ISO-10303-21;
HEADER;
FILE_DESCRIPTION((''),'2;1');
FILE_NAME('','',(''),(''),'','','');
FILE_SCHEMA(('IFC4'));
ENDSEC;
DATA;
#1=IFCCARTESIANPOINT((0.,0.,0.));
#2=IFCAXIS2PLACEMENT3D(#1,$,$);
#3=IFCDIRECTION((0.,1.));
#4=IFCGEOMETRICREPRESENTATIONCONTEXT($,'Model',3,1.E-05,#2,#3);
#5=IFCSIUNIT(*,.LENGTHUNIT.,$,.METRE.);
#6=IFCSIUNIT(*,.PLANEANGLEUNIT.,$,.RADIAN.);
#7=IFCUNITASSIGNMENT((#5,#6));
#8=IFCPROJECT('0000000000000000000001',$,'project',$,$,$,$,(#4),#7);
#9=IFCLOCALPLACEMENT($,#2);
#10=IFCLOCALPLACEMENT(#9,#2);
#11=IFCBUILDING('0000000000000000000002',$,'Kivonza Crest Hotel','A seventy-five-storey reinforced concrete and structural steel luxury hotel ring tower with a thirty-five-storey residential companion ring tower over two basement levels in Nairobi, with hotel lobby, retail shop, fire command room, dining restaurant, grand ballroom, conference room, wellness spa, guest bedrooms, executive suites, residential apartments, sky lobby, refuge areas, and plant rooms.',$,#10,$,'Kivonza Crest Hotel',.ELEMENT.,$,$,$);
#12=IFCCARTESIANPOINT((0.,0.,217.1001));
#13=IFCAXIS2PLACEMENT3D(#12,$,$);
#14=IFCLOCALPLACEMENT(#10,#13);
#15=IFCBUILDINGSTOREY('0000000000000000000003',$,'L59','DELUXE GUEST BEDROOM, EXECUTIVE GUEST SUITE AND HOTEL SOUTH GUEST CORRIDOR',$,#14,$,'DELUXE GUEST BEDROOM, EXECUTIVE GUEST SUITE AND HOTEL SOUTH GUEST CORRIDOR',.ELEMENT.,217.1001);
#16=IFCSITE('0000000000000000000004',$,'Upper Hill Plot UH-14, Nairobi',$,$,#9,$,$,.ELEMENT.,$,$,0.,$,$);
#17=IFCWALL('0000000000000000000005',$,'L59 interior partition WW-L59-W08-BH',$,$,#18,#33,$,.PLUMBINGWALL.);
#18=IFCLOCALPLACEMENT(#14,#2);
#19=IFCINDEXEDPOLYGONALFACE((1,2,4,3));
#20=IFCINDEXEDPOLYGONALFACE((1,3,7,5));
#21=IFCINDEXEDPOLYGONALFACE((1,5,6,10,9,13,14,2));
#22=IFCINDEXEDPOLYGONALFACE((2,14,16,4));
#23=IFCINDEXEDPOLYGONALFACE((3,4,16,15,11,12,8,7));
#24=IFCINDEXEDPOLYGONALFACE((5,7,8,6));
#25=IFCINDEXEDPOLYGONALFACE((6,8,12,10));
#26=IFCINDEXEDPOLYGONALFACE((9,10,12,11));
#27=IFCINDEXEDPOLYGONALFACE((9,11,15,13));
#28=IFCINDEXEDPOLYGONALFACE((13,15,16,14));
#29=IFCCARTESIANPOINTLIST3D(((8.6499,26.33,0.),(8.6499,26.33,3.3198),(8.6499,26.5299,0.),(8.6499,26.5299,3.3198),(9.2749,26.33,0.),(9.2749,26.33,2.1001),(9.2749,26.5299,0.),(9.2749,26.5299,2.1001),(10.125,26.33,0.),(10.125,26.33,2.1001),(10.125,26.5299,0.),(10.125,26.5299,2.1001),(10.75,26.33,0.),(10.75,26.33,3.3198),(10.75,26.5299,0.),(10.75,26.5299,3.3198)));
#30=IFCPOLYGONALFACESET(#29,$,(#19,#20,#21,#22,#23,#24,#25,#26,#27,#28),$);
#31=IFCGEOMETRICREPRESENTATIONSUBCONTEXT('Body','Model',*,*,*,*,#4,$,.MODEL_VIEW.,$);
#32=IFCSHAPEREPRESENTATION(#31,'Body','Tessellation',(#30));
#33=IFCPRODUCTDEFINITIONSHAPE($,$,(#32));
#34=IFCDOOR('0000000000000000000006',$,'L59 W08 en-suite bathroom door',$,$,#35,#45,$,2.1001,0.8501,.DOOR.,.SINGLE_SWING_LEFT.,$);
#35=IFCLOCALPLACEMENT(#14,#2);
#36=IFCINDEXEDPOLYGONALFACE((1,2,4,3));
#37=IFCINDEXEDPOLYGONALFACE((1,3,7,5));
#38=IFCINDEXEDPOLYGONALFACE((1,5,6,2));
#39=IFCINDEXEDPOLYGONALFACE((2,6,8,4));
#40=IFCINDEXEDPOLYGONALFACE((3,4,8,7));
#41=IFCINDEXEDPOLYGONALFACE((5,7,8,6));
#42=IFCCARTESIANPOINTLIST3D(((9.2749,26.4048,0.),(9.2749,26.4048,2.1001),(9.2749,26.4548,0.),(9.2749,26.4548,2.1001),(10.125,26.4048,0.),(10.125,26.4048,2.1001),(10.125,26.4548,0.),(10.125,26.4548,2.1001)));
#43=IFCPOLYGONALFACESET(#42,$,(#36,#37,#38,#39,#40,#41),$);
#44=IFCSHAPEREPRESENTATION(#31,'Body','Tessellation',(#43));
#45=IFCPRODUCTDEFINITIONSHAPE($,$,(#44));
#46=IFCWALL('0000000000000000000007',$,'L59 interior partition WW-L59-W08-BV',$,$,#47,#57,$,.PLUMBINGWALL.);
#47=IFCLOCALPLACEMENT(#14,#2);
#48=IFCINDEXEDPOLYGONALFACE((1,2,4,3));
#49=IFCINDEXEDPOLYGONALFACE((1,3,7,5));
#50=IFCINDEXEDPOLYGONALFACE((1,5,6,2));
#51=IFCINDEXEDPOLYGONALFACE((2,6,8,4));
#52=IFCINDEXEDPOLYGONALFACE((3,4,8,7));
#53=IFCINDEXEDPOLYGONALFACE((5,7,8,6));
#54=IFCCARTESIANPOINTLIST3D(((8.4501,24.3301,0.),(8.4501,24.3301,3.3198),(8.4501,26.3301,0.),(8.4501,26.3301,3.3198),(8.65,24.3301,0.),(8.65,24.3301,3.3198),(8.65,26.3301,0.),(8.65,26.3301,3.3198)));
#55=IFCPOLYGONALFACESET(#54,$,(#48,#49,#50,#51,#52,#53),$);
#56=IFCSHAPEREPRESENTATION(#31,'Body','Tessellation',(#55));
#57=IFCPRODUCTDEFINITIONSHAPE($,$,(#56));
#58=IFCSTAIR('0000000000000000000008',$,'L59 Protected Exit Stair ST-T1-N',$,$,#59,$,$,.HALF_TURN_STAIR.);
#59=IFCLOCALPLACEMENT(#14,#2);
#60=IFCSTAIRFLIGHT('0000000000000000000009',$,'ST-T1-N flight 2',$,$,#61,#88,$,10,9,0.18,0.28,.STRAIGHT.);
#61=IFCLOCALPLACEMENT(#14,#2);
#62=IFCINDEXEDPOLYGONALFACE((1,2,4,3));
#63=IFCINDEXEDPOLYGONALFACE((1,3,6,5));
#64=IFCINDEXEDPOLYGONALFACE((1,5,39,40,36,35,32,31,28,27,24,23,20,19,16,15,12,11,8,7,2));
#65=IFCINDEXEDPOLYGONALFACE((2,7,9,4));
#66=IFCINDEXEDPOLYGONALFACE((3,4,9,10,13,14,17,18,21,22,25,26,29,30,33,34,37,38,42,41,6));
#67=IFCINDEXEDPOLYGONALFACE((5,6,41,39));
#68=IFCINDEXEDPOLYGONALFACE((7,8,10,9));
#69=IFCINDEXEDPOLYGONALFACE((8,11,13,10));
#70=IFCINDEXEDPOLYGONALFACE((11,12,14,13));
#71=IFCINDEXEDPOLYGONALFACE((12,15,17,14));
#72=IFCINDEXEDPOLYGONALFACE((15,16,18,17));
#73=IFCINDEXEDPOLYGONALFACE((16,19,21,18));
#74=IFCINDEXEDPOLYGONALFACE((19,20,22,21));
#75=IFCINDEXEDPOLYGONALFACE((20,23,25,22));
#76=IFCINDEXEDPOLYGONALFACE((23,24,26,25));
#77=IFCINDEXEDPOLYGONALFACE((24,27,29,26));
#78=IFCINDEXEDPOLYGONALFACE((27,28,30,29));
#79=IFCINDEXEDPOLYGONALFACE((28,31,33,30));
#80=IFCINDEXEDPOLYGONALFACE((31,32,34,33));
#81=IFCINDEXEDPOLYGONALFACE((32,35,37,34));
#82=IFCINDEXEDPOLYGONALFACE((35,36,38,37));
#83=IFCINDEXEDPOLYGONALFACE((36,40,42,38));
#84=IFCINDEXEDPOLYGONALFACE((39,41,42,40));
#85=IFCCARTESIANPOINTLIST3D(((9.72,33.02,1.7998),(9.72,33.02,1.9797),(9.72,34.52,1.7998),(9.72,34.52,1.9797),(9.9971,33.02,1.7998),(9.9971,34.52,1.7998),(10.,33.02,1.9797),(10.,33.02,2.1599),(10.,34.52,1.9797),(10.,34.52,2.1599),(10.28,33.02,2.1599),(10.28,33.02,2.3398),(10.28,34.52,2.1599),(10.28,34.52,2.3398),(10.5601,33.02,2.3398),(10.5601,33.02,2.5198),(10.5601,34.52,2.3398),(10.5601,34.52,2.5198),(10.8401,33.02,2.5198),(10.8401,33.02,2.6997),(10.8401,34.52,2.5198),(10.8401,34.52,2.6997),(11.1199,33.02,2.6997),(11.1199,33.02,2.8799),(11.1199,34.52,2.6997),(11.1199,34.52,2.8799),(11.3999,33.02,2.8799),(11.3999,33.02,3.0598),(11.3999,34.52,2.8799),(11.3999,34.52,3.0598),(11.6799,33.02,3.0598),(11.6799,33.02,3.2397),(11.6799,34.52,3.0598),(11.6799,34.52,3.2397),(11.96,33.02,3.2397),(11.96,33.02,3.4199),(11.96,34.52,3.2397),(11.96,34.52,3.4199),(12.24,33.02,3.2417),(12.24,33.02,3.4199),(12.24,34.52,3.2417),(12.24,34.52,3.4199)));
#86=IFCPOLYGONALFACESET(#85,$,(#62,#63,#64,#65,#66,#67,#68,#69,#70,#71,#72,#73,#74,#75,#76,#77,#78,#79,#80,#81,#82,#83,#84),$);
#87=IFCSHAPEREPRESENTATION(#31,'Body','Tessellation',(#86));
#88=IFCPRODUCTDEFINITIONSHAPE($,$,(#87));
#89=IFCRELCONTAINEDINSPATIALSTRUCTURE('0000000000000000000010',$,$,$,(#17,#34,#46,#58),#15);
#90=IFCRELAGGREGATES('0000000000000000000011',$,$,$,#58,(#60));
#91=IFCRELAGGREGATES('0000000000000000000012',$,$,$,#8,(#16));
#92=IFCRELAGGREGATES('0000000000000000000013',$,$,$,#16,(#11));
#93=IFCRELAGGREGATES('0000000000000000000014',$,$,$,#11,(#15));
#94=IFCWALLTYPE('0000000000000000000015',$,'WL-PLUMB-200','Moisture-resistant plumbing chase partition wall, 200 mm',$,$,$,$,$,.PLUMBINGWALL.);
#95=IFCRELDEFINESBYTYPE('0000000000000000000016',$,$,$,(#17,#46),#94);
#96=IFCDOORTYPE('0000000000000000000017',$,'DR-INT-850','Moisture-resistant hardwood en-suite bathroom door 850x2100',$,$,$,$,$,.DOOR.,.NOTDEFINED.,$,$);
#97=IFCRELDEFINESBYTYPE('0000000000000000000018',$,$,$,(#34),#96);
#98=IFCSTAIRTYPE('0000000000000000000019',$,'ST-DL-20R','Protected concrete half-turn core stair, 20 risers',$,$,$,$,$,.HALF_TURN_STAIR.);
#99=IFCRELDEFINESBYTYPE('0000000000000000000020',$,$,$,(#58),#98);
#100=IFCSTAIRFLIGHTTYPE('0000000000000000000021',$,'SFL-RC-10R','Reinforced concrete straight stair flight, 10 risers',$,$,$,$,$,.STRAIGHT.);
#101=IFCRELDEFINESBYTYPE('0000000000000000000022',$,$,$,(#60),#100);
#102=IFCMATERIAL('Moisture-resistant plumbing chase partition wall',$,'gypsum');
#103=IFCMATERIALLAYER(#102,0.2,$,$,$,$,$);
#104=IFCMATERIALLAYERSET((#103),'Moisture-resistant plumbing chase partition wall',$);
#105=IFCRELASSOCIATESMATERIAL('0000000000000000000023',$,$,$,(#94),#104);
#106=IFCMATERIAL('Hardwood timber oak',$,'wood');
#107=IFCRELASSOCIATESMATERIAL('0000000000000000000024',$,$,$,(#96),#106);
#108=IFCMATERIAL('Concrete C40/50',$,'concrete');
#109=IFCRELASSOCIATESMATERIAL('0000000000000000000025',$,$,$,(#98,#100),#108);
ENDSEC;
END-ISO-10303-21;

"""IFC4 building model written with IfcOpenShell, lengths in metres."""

from ifc_helpers import new_model, si_unit, direction, frame, frame_2d, origin, place, context, subcontext, project, spatial, polyline, rectangle, outline, extrude, material, layer, layer_set, type_object, element, fill, aggregate, save


model = new_model("IFC4")

# Units and contexts
model_context = context("Model", 3, precision=1e-05, world=origin(), true_north=direction((0.0, 1.0)))
body_context = subcontext(model_context, "Body", "Model", "MODEL_VIEW")
ifc_project = project(units=[si_unit("LENGTHUNIT", "METRE"), si_unit("PLANEANGLEUNIT", "RADIAN")], contexts=[model_context])

# Site, building, storey
site_placement = place(None, origin())
site = spatial("IfcSite", under=ifc_project, at=site_placement, Name="Upper Hill Plot UH-14, Nairobi", CompositionType="ELEMENT", RefElevation=0.0)
building_placement = place(site_placement, origin())
building = spatial("IfcBuilding", under=site, at=building_placement, Name="Kivonza Crest Hotel", Description="A seventy-five-storey reinforced concrete and structural steel luxury hotel ring tower with a thirty-five-storey residential companion ring tower over two basement levels in Nairobi, with hotel lobby, retail shop, fire command room, dining restaurant, grand ballroom, conference room, wellness spa, guest bedrooms, executive suites, residential apartments, sky lobby, refuge areas, and plant rooms.", LongName="Kivonza Crest Hotel", CompositionType="ELEMENT")
storey_placement = place(building_placement, frame((0.0, 0.0, 217.1001)))
storey = spatial("IfcBuildingStorey", under=building, at=storey_placement, Name="L59", Description="DELUXE GUEST BEDROOM, EXECUTIVE GUEST SUITE AND HOTEL SOUTH GUEST CORRIDOR", LongName="DELUXE GUEST BEDROOM, EXECUTIVE GUEST SUITE AND HOTEL SOUTH GUEST CORRIDOR", CompositionType="ELEMENT", Elevation=217.1001)

# Shared definitions
ifc_material_1 = material(Name="Hardwood timber oak", Category="wood")

# Wall, opening, door
ifc_material_2 = material(Name="Moisture-resistant plumbing chase partition wall", Category="gypsum")
ifc_layer_1 = layer(ifc_material_2, 0.2)
ifc_layer_set_1 = layer_set([ifc_layer_1], Name="Moisture-resistant plumbing chase partition wall")
wall_type_1 = type_object("IfcWallType", Name="WL-PLUMB-200", Description="Moisture-resistant plumbing chase partition wall, 200 mm", PredefinedType="PLUMBINGWALL", material=ifc_layer_set_1)
wall_1_placement = place(storey_placement, frame((8.6499, 26.4299, 0.0), z_axis=(0.0, 0.0, 1.0), x_axis=(1.0, 0.0, 0.0)))
wall_1 = element("IfcWall", 1, at=wall_1_placement, inside=storey, type_object=wall_type_1, Name="L59 interior partition WW-L59-W08-BH", PredefinedType="PLUMBINGWALL", context=body_context, shape_type="SweptSolid", body=[
    extrude(rectangle(XDim=2.1001, YDim=0.2, at=frame_2d((1.05, 0.0))), origin(), (0.0, 0.0, 1.0), 3.3198),
])
opening_1_placement = place(wall_1_placement, frame((0.625, 0.0, 0.0)))
opening_1 = element("IfcOpeningElement", 2, at=opening_1_placement, cuts=wall_1, PredefinedType="OPENING", context=body_context, shape_type="SweptSolid", body=[
    extrude(rectangle(XDim=0.8501, YDim=2.1001, at=frame_2d((0.425, 1.05))), frame((0.0, 0.1099, 0.0), z_axis=(0.0, -1.0, 0.0), x_axis=(1.0, 0.0, 0.0)), (0.0, 0.0, 1.0), 0.22),
])
door_type_1 = type_object("IfcDoorType", Name="DR-INT-850", Description="Moisture-resistant hardwood en-suite bathroom door 850x2100", OperationType="NOTDEFINED", PredefinedType="DOOR", material=ifc_material_1)
door_1_placement = place(opening_1_placement, origin())
door_1 = element("IfcDoor", 3, at=door_1_placement, inside=storey, type_object=door_type_1, Name="L59 W08 en-suite bathroom door", OperationType="SINGLE_SWING_LEFT", OverallHeight=2.1001, OverallWidth=0.8501, PredefinedType="DOOR", context=body_context, shape_type="SweptSolid", body=[
    extrude(rectangle(XDim=0.8501, YDim=2.1001, at=frame_2d((0.425, 1.05))), frame((0.0, 0.0249, 0.0), z_axis=(0.0, -1.0, 0.0), x_axis=(1.0, 0.0, 0.0)), (0.0, 0.0, 1.0), 0.05),
])
fill(opening_1, door_1)

# Wall
wall_2_placement = place(storey_placement, frame((8.55, 24.3301, 0.0), z_axis=(0.0, 0.0, 1.0), x_axis=(0.0, 1.0, 0.0)))
element("IfcWall", 4, at=wall_2_placement, inside=storey, type_object=wall_type_1, Name="L59 interior partition WW-L59-W08-BV", PredefinedType="PLUMBINGWALL", context=body_context, shape_type="SweptSolid", body=[
    extrude(rectangle(XDim=2.0, YDim=0.2, at=frame_2d((1.0, 0.0))), origin(), (0.0, 0.0, 1.0), 3.3198),
])

# Stair, stair flight
ifc_material_3 = material(Name="Concrete C40/50", Category="concrete")
stair_type = type_object("IfcStairType", Name="ST-DL-20R", Description="Protected concrete half-turn core stair, 20 risers", PredefinedType="HALF_TURN_STAIR", material=ifc_material_3)
stair_placement = place(storey_placement, origin())
stair = element("IfcStair", 5, at=stair_placement, inside=storey, type_object=stair_type, Name="L59 Protected Exit Stair ST-T1-N", PredefinedType="HALF_TURN_STAIR")
stair_flight_type = type_object("IfcStairFlightType", Name="SFL-RC-10R", Description="Reinforced concrete straight stair flight, 10 risers", PredefinedType="STRAIGHT", material=ifc_material_3)
stair_flight_placement = place(storey_placement, frame((9.72, 33.77, 1.7998), z_axis=(0.0, 0.0, 1.0), x_axis=(1.0, 0.0, 0.0)))
stair_flight = element("IfcStairFlight", 6, at=stair_flight_placement, type_object=stair_flight_type, Name="ST-T1-N flight 2", NumberOfRisers=10, NumberOfTreads=9, PredefinedType="STRAIGHT", RiserHeight=0.18, TreadLength=0.28, context=body_context, shape_type="SweptSolid", body=[
    extrude(outline(polyline([(0.0, 0.0), (0.0, 0.1799), (0.28, 0.1799), (0.28, 0.3601), (0.5601, 0.3601), (0.5601, 0.54), (0.8401, 0.54), (0.8401, 0.72), (1.1201, 0.72), (1.1201, 0.8999), (1.3999, 0.8999), (1.3999, 1.0801), (1.6799, 1.0801), (1.6799, 1.26), (1.96, 1.26), (1.96, 1.4399), (2.24, 1.4399), (2.24, 1.6201), (2.52, 1.6201), (2.52, 1.8), (2.52, 1.4419), (0.2771, 0.0), (0.0, 0.0)])), frame((0.0, 0.75, 0.0), z_axis=(0.0, -1.0, 0.0), x_axis=(1.0, 0.0, 0.0)), (0.0, 0.0, 1.0), 1.5),
])
aggregate(stair, [stair_flight])

save(model, "model.ifc")
